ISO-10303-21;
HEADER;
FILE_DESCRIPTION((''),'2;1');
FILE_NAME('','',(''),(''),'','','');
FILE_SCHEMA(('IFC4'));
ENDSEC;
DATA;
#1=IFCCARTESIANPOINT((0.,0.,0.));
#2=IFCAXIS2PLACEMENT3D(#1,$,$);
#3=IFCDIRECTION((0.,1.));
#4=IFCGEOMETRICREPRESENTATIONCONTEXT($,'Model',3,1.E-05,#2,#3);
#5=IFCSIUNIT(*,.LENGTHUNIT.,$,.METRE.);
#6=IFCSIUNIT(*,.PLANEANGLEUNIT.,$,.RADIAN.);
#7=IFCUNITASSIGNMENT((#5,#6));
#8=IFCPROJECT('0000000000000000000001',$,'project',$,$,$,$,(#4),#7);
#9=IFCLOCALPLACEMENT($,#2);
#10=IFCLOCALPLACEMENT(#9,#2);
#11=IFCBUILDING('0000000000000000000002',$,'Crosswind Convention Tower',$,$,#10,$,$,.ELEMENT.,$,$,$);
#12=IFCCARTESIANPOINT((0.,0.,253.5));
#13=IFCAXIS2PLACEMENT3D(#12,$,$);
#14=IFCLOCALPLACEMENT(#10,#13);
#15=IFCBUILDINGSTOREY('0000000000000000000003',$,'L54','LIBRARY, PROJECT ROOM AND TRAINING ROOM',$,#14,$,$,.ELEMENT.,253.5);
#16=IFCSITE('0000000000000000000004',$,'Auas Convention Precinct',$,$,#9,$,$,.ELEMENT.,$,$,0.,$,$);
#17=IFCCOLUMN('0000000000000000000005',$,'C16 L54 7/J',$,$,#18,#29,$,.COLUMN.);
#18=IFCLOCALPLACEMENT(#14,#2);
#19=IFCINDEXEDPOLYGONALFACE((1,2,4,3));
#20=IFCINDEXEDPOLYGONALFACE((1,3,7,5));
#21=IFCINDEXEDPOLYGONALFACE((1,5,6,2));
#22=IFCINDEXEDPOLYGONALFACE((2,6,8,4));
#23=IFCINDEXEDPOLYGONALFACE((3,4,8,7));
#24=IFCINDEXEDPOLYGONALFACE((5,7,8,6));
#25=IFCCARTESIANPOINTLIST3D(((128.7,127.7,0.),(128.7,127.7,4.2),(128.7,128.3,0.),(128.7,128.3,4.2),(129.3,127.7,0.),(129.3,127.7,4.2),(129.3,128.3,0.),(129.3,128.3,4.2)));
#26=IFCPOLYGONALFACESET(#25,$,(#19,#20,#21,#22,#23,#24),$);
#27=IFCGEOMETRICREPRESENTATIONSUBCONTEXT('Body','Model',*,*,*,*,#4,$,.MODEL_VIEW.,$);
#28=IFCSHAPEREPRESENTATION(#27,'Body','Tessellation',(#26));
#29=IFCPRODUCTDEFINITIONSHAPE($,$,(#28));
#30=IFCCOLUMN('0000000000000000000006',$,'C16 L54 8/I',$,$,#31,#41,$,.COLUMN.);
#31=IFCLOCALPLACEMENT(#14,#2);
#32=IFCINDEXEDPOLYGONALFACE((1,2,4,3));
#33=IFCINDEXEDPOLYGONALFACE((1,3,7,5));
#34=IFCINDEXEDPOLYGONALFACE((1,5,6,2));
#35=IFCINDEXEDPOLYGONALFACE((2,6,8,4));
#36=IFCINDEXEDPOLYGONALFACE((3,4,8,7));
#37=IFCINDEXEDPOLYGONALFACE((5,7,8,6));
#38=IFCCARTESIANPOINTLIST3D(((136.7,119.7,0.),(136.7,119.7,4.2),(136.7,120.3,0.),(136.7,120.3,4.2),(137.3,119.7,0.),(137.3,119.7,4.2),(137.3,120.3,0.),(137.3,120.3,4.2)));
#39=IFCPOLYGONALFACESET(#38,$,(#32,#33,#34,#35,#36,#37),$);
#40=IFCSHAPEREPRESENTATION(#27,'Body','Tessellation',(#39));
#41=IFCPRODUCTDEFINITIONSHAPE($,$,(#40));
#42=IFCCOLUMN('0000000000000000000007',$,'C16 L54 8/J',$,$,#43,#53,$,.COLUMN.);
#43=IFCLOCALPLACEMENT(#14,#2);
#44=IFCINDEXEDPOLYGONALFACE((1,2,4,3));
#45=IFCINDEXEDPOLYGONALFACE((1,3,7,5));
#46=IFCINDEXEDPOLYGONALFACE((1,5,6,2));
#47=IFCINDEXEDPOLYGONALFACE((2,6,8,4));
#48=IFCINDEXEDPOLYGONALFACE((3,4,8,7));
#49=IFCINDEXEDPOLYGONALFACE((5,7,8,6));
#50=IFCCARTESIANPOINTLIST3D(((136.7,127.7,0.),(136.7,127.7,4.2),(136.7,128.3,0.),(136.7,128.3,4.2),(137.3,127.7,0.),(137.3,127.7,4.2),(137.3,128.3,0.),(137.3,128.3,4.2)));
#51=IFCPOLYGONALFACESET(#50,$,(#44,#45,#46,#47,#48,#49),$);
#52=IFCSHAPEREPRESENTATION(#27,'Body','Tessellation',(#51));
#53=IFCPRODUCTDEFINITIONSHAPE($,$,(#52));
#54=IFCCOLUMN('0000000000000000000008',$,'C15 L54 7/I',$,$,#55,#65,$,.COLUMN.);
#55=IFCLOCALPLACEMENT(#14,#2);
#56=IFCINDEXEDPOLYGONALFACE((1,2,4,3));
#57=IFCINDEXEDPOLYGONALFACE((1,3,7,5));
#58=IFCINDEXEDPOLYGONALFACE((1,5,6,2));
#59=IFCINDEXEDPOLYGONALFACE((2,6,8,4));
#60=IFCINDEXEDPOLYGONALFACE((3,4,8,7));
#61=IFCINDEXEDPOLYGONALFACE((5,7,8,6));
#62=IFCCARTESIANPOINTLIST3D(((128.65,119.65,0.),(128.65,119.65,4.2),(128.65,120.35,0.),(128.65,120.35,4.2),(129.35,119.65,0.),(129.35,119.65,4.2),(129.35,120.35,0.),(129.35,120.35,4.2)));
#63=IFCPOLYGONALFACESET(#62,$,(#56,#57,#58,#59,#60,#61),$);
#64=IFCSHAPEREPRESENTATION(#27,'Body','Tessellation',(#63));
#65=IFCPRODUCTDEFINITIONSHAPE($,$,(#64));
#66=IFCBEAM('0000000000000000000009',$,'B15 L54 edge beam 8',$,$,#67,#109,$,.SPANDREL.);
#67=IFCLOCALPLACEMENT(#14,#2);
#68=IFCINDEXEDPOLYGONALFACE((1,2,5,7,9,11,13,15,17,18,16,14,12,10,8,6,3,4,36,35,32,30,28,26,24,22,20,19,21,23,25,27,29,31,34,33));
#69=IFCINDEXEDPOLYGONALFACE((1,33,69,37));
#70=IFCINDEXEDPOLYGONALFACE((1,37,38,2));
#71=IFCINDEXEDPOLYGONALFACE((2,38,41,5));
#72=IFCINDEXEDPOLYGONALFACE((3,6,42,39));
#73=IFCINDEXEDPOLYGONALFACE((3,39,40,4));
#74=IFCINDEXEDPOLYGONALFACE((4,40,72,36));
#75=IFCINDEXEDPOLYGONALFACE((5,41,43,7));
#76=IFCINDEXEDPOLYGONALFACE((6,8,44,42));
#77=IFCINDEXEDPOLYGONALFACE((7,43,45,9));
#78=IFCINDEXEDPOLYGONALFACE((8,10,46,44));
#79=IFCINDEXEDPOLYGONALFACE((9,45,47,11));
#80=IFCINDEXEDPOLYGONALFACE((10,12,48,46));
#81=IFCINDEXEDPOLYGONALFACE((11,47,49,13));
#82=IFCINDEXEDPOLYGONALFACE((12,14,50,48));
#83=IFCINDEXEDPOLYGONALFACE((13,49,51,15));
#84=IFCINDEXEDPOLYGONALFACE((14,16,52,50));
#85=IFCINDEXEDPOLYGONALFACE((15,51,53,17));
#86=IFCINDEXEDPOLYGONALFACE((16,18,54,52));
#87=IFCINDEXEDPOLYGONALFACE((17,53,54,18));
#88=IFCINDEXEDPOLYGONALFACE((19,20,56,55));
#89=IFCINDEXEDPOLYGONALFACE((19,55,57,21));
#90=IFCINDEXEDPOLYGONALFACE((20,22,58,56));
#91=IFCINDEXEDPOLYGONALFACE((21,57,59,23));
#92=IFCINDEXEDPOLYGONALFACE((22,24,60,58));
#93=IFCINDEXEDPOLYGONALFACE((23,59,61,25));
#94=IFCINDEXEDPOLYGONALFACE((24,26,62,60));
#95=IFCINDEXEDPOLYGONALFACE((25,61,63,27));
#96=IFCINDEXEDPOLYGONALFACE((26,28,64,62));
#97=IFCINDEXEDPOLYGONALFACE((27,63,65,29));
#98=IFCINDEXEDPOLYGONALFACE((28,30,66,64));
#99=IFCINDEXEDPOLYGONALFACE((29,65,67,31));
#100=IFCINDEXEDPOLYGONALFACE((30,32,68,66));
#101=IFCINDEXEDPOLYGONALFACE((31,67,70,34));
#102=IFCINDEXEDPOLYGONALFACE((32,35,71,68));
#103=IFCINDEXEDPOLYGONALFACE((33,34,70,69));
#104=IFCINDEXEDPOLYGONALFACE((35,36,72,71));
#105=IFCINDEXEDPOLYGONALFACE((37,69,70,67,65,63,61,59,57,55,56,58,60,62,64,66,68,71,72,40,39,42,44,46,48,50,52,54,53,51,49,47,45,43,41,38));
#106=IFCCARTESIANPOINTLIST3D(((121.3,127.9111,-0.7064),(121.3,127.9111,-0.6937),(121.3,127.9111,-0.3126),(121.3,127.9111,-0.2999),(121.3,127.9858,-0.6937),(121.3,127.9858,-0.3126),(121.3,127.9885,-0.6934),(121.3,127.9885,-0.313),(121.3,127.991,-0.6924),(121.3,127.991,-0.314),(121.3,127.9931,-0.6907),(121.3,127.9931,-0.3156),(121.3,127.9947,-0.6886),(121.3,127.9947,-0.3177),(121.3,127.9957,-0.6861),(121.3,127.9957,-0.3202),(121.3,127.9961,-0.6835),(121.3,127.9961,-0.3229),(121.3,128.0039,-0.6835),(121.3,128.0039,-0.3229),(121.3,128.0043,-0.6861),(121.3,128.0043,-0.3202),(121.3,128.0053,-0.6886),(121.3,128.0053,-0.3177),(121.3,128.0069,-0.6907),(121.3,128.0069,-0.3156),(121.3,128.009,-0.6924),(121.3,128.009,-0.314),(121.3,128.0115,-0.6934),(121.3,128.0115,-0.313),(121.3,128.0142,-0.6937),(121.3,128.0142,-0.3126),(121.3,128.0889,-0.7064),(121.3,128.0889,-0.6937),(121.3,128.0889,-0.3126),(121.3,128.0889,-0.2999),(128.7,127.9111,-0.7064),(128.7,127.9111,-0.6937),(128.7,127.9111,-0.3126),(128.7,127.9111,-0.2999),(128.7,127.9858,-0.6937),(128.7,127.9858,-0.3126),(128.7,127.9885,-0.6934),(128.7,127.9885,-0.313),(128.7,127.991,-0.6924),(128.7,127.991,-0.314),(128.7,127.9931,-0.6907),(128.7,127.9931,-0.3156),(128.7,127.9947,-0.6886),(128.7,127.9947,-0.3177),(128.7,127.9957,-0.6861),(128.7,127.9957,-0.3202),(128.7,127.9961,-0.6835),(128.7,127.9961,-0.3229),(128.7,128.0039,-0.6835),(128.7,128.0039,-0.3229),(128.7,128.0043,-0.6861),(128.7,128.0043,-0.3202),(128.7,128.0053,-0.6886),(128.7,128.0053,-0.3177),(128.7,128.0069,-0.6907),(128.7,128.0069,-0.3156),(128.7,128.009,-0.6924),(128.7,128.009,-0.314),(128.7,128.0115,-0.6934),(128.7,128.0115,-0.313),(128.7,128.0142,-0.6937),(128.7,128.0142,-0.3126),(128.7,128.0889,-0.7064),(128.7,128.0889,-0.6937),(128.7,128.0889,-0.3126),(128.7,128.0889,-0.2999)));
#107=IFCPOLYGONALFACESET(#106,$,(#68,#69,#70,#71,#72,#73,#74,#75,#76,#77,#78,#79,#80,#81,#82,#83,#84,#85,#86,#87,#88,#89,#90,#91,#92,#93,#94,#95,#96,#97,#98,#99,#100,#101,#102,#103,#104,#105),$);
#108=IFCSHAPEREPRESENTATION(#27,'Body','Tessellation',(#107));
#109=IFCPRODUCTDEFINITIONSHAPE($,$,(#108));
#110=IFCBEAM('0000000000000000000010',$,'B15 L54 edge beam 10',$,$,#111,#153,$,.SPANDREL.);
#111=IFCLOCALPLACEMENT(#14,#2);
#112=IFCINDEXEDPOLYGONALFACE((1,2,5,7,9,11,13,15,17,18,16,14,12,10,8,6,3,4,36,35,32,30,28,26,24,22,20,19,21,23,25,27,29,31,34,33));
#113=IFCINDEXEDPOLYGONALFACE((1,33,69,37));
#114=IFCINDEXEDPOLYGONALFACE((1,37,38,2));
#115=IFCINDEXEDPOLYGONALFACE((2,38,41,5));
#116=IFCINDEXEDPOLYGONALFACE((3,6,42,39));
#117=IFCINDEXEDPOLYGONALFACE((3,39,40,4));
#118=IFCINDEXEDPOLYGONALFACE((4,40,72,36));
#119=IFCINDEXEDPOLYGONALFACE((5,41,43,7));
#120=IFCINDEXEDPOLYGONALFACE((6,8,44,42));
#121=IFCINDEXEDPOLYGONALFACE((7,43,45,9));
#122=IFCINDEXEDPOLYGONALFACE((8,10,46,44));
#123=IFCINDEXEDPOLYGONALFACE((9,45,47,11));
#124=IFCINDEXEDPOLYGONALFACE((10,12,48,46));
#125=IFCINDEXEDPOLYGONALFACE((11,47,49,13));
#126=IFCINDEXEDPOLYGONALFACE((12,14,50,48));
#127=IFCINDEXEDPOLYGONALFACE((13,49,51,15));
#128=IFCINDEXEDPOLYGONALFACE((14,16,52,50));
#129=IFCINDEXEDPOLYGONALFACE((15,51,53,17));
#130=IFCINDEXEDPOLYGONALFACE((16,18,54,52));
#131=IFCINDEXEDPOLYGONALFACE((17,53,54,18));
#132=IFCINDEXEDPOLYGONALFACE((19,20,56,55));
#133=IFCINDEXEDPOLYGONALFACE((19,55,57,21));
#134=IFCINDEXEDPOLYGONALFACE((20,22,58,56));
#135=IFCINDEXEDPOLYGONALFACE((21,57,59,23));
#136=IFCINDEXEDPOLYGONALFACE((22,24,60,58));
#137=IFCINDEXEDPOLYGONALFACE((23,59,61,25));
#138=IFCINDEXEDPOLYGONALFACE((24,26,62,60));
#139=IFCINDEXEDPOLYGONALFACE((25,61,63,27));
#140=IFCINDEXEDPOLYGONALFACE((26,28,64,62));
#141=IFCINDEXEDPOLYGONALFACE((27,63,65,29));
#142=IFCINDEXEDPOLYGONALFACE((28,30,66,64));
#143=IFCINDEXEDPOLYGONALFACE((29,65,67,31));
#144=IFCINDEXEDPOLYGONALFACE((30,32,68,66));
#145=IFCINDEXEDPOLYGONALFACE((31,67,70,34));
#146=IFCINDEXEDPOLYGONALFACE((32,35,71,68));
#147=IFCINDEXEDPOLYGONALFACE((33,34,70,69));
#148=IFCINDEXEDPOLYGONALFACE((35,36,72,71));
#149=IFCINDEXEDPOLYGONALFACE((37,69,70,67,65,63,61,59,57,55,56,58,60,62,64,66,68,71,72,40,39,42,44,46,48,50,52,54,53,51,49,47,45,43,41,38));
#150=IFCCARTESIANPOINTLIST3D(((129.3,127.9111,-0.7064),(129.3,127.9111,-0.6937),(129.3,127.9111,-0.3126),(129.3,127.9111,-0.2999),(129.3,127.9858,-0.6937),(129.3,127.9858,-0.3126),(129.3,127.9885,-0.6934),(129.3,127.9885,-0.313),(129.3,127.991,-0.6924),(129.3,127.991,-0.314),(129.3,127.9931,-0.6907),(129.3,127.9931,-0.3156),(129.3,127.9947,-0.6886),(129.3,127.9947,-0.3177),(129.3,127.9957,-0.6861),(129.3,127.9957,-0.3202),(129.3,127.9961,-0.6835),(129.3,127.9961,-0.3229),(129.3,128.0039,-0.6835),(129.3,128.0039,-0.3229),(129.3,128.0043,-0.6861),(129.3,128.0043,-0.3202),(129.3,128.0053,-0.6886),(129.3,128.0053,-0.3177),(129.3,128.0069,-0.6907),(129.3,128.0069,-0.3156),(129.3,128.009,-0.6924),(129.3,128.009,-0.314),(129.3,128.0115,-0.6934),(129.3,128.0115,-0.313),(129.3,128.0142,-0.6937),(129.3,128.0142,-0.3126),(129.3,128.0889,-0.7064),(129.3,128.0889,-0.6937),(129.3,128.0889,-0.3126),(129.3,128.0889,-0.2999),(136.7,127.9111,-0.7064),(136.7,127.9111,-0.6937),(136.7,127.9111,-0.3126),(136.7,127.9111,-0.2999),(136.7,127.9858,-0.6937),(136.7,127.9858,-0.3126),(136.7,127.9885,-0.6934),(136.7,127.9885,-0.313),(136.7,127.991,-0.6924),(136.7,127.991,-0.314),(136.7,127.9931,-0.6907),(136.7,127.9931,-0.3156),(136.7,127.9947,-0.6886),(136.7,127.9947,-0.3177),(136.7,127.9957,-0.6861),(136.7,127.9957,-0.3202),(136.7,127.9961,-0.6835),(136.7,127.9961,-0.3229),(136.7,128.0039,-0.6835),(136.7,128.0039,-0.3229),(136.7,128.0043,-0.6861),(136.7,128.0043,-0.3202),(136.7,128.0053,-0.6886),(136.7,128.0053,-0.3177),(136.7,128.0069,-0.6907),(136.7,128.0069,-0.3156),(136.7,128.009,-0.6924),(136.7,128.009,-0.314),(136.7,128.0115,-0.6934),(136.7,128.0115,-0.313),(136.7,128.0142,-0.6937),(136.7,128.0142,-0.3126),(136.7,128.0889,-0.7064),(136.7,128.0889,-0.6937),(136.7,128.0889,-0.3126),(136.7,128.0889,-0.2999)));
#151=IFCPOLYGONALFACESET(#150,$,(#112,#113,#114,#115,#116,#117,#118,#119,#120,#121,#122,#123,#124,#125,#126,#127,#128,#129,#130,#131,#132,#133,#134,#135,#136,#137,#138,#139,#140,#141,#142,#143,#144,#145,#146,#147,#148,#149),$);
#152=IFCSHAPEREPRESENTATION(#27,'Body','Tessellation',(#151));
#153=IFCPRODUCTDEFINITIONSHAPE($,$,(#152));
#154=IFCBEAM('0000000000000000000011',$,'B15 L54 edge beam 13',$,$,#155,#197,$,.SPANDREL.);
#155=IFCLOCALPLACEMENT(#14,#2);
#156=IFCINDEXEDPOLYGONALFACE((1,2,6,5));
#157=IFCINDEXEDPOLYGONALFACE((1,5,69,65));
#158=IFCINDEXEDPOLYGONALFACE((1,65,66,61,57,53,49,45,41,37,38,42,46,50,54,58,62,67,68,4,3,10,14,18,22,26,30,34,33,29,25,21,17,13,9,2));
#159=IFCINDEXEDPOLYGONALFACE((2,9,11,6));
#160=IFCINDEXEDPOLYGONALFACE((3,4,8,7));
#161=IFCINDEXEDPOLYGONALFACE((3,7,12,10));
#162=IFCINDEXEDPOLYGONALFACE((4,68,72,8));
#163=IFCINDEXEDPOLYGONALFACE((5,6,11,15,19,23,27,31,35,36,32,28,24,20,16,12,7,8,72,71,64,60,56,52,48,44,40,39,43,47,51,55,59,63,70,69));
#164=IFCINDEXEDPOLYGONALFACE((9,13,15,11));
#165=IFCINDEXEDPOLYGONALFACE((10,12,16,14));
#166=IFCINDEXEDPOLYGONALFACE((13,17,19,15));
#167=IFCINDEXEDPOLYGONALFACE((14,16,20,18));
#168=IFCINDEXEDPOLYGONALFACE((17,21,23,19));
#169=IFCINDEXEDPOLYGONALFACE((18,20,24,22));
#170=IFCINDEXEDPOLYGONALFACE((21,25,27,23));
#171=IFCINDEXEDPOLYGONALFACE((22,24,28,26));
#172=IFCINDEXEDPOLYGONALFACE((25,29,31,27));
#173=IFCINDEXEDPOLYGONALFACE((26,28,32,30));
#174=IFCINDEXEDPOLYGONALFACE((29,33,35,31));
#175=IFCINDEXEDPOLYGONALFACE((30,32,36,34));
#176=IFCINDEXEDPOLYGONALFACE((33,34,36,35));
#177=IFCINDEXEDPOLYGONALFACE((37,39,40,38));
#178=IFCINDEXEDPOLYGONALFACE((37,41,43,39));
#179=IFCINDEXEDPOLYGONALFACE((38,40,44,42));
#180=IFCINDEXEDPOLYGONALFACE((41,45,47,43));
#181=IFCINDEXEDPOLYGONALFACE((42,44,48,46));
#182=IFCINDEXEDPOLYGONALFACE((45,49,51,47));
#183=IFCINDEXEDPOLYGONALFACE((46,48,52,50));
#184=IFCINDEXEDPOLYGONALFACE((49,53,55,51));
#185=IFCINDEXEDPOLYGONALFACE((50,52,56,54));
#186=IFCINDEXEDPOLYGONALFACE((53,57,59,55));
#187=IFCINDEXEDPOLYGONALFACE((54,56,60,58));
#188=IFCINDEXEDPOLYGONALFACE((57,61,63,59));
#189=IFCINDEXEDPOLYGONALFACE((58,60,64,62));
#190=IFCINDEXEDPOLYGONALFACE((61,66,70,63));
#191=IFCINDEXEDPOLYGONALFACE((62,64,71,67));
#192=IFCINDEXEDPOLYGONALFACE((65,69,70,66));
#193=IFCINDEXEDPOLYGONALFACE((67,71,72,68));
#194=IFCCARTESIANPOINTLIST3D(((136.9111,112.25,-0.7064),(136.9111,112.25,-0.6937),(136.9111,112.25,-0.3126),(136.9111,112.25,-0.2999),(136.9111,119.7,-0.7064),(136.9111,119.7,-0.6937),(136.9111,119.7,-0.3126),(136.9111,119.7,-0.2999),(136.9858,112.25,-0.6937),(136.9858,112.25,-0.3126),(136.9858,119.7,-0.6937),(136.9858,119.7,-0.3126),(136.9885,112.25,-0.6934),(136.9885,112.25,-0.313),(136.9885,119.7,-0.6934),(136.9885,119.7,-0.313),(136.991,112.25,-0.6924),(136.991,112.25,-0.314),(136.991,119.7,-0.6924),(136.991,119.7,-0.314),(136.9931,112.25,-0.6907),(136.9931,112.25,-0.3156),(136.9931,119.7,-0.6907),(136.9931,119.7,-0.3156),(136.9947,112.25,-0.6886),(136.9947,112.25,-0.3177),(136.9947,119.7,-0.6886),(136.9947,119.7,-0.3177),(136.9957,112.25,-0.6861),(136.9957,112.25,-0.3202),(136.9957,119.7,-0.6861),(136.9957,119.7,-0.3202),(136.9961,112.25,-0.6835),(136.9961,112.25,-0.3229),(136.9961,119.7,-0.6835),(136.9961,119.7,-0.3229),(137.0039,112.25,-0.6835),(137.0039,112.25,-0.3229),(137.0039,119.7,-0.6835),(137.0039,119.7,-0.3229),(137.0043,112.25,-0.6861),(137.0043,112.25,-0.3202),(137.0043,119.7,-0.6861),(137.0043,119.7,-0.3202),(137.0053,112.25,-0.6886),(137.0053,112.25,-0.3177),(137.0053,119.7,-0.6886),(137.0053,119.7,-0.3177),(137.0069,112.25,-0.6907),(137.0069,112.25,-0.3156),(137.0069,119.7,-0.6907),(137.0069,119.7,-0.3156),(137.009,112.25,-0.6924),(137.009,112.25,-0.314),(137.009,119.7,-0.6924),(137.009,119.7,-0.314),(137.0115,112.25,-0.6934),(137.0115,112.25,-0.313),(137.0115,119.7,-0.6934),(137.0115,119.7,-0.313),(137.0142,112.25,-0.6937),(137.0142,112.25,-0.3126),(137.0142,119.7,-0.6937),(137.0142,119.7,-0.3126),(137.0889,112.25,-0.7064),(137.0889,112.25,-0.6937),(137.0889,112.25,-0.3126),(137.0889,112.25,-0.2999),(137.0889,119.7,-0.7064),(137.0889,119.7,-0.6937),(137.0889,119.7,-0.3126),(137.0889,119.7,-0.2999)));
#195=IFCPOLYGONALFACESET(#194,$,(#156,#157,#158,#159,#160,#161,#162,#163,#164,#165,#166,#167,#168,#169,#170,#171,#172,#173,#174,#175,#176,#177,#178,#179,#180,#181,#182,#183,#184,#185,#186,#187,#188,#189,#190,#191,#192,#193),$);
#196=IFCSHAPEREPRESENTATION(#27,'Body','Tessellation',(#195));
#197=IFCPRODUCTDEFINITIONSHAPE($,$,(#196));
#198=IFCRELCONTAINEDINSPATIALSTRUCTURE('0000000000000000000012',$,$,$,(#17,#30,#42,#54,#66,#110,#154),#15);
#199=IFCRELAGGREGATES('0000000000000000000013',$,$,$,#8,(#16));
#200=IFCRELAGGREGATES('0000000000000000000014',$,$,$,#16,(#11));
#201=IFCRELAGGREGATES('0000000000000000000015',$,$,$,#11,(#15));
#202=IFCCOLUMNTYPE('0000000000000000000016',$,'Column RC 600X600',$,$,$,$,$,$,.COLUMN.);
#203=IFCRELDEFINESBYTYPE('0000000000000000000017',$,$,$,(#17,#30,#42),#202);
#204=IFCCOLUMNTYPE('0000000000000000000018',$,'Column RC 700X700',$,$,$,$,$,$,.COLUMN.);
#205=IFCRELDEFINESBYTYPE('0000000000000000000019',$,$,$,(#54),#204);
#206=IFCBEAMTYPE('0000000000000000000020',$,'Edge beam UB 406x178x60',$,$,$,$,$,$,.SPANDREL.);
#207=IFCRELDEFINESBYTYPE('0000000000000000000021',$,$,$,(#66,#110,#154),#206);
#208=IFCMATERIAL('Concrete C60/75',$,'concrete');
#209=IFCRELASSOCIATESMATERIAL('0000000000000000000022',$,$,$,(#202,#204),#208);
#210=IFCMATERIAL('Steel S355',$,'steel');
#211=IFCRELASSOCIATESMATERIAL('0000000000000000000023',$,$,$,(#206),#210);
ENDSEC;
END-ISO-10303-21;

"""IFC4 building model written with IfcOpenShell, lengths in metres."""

from ifc_helpers import new_model, si_unit, direction, frame, origin, origin_2d, place, context, subcontext, project, spatial, rectangle, i_section, extrude, material, material_profile, profile_set, type_object, element, save


model = new_model("IFC4")

# Units and contexts
model_context = context("Model", 3, precision=1e-05, world=origin(), true_north=direction((0.0, 1.0)))
body_context = subcontext(model_context, "Body", "Model", "MODEL_VIEW")
ifc_project = project(units=[si_unit("LENGTHUNIT", "METRE"), si_unit("PLANEANGLEUNIT", "RADIAN")], contexts=[model_context])

# Site, building, storey
site_placement = place(None, origin())
site = spatial("IfcSite", under=ifc_project, at=site_placement, Name="Auas Convention Precinct", CompositionType="ELEMENT", RefElevation=0.0)
building_placement = place(site_placement, origin())
building = spatial("IfcBuilding", under=site, at=building_placement, Name="Crosswind Convention Tower", CompositionType="ELEMENT")
storey_placement = place(building_placement, frame((0.0, 0.0, 253.5)))
storey = spatial("IfcBuildingStorey", under=building, at=storey_placement, Name="L54", Description="LIBRARY, PROJECT ROOM AND TRAINING ROOM", CompositionType="ELEMENT", Elevation=253.5)

# Columns
ifc_material_1 = material(Name="Concrete C60/75", Category="concrete")
ifc_material_profile_1 = material_profile(ifc_material_1, rectangle(XDim=0.6001, YDim=0.6001, at=origin_2d()), Name="RC 600X600")
ifc_profile_set_1 = profile_set([ifc_material_profile_1], Name="Concrete C60/75")
column_type_1 = type_object("IfcColumnType", Name="Column RC 600X600", PredefinedType="COLUMN", material=ifc_profile_set_1)
for number, where, z_axis, x_axis, name in (
    (1, (129.0, 128.0, 0.0), (0.0, 0.0, 1.0), (1.0, 0.0, 0.0), "C16 L54 7/J"),
    (2, (137.0, 120.0, 0.0), (0.0, 0.0, 1.0), (1.0, 0.0, 0.0), "C16 L54 8/I"),
    (3, (137.0, 128.0, 0.0), (0.0, 0.0, 1.0), (1.0, 0.0, 0.0), "C16 L54 8/J"),
):
    element("IfcColumn", number, at=place(storey_placement, frame(where, z_axis=z_axis, x_axis=x_axis)), inside=storey, type_object=column_type_1, Name=name, PredefinedType="COLUMN", context=body_context, shape_type="SweptSolid", body=[
        extrude(rectangle(XDim=0.6001, YDim=0.6001, at=origin_2d()), origin(), (0.0, 0.0, 1.0), 4.2),
    ])
ifc_material_profile_2 = material_profile(ifc_material_1, rectangle(XDim=0.7, YDim=0.7, at=origin_2d()), Name="RC 700X700")
ifc_profile_set_2 = profile_set([ifc_material_profile_2], Name="Concrete C60/75")
column_type_2 = type_object("IfcColumnType", Name="Column RC 700X700", PredefinedType="COLUMN", material=ifc_profile_set_2)
column_placement = place(storey_placement, frame((129.0, 120.0, 0.0), z_axis=(0.0, 0.0, 1.0), x_axis=(1.0, 0.0, 0.0)))
element("IfcColumn", 4, at=column_placement, inside=storey, type_object=column_type_2, Name="C15 L54 7/I", PredefinedType="COLUMN", context=body_context, shape_type="SweptSolid", body=[
    extrude(rectangle(XDim=0.7, YDim=0.7, at=origin_2d()), origin(), (0.0, 0.0, 1.0), 4.2),
])

# Beams
ifc_material_2 = material(Name="Steel S355", Category="steel")
ifc_material_profile_3 = material_profile(ifc_material_2, i_section(OverallWidth=0.1777, OverallDepth=0.4065, WebThickness=0.0078, FlangeThickness=0.0127, FilletRadius=0.0103, at=origin_2d()), Name="UB 406x178x60")
ifc_profile_set_3 = profile_set([ifc_material_profile_3], Name="Steel S355")
beam_type_1 = type_object("IfcBeamType", Name="Edge beam UB 406x178x60", PredefinedType="SPANDREL", material=ifc_profile_set_3)
for number, where, z_axis, x_axis, name in (
    (5, (121.3, 128.0, -0.5032), (1.0, 0.0, 0.0), (0.0, 1.0, 0.0), "B15 L54 edge beam 8"),
    (6, (129.3, 128.0, -0.5032), (1.0, 0.0, 0.0), (0.0, 1.0, 0.0), "B15 L54 edge beam 10"),
):
    element("IfcBeam", number, at=place(storey_placement, frame(where, z_axis=z_axis, x_axis=x_axis)), inside=storey, type_object=beam_type_1, Name=name, PredefinedType="SPANDREL", context=body_context, shape_type="SweptSolid", body=[
        extrude(i_section(OverallWidth=0.1777, OverallDepth=0.4065, WebThickness=0.0078, FlangeThickness=0.0127, FilletRadius=0.0103, at=origin_2d()), origin(), (0.0, 0.0, 1.0), 7.3999),
    ])
beam_1_placement = place(storey_placement, frame((137.0, 112.25, -0.5032), z_axis=(0.0, 1.0, 0.0), x_axis=(-1.0, 0.0, 0.0)))
element("IfcBeam", 7, at=beam_1_placement, inside=storey, type_object=beam_type_1, Name="B15 L54 edge beam 13", PredefinedType="SPANDREL", context=body_context, shape_type="SweptSolid", body=[
    extrude(i_section(OverallWidth=0.1777, OverallDepth=0.4065, WebThickness=0.0078, FlangeThickness=0.0127, FilletRadius=0.0103, at=origin_2d()), origin(), (0.0, 0.0, 1.0), 7.45),
])

save(model, "model.ifc")
